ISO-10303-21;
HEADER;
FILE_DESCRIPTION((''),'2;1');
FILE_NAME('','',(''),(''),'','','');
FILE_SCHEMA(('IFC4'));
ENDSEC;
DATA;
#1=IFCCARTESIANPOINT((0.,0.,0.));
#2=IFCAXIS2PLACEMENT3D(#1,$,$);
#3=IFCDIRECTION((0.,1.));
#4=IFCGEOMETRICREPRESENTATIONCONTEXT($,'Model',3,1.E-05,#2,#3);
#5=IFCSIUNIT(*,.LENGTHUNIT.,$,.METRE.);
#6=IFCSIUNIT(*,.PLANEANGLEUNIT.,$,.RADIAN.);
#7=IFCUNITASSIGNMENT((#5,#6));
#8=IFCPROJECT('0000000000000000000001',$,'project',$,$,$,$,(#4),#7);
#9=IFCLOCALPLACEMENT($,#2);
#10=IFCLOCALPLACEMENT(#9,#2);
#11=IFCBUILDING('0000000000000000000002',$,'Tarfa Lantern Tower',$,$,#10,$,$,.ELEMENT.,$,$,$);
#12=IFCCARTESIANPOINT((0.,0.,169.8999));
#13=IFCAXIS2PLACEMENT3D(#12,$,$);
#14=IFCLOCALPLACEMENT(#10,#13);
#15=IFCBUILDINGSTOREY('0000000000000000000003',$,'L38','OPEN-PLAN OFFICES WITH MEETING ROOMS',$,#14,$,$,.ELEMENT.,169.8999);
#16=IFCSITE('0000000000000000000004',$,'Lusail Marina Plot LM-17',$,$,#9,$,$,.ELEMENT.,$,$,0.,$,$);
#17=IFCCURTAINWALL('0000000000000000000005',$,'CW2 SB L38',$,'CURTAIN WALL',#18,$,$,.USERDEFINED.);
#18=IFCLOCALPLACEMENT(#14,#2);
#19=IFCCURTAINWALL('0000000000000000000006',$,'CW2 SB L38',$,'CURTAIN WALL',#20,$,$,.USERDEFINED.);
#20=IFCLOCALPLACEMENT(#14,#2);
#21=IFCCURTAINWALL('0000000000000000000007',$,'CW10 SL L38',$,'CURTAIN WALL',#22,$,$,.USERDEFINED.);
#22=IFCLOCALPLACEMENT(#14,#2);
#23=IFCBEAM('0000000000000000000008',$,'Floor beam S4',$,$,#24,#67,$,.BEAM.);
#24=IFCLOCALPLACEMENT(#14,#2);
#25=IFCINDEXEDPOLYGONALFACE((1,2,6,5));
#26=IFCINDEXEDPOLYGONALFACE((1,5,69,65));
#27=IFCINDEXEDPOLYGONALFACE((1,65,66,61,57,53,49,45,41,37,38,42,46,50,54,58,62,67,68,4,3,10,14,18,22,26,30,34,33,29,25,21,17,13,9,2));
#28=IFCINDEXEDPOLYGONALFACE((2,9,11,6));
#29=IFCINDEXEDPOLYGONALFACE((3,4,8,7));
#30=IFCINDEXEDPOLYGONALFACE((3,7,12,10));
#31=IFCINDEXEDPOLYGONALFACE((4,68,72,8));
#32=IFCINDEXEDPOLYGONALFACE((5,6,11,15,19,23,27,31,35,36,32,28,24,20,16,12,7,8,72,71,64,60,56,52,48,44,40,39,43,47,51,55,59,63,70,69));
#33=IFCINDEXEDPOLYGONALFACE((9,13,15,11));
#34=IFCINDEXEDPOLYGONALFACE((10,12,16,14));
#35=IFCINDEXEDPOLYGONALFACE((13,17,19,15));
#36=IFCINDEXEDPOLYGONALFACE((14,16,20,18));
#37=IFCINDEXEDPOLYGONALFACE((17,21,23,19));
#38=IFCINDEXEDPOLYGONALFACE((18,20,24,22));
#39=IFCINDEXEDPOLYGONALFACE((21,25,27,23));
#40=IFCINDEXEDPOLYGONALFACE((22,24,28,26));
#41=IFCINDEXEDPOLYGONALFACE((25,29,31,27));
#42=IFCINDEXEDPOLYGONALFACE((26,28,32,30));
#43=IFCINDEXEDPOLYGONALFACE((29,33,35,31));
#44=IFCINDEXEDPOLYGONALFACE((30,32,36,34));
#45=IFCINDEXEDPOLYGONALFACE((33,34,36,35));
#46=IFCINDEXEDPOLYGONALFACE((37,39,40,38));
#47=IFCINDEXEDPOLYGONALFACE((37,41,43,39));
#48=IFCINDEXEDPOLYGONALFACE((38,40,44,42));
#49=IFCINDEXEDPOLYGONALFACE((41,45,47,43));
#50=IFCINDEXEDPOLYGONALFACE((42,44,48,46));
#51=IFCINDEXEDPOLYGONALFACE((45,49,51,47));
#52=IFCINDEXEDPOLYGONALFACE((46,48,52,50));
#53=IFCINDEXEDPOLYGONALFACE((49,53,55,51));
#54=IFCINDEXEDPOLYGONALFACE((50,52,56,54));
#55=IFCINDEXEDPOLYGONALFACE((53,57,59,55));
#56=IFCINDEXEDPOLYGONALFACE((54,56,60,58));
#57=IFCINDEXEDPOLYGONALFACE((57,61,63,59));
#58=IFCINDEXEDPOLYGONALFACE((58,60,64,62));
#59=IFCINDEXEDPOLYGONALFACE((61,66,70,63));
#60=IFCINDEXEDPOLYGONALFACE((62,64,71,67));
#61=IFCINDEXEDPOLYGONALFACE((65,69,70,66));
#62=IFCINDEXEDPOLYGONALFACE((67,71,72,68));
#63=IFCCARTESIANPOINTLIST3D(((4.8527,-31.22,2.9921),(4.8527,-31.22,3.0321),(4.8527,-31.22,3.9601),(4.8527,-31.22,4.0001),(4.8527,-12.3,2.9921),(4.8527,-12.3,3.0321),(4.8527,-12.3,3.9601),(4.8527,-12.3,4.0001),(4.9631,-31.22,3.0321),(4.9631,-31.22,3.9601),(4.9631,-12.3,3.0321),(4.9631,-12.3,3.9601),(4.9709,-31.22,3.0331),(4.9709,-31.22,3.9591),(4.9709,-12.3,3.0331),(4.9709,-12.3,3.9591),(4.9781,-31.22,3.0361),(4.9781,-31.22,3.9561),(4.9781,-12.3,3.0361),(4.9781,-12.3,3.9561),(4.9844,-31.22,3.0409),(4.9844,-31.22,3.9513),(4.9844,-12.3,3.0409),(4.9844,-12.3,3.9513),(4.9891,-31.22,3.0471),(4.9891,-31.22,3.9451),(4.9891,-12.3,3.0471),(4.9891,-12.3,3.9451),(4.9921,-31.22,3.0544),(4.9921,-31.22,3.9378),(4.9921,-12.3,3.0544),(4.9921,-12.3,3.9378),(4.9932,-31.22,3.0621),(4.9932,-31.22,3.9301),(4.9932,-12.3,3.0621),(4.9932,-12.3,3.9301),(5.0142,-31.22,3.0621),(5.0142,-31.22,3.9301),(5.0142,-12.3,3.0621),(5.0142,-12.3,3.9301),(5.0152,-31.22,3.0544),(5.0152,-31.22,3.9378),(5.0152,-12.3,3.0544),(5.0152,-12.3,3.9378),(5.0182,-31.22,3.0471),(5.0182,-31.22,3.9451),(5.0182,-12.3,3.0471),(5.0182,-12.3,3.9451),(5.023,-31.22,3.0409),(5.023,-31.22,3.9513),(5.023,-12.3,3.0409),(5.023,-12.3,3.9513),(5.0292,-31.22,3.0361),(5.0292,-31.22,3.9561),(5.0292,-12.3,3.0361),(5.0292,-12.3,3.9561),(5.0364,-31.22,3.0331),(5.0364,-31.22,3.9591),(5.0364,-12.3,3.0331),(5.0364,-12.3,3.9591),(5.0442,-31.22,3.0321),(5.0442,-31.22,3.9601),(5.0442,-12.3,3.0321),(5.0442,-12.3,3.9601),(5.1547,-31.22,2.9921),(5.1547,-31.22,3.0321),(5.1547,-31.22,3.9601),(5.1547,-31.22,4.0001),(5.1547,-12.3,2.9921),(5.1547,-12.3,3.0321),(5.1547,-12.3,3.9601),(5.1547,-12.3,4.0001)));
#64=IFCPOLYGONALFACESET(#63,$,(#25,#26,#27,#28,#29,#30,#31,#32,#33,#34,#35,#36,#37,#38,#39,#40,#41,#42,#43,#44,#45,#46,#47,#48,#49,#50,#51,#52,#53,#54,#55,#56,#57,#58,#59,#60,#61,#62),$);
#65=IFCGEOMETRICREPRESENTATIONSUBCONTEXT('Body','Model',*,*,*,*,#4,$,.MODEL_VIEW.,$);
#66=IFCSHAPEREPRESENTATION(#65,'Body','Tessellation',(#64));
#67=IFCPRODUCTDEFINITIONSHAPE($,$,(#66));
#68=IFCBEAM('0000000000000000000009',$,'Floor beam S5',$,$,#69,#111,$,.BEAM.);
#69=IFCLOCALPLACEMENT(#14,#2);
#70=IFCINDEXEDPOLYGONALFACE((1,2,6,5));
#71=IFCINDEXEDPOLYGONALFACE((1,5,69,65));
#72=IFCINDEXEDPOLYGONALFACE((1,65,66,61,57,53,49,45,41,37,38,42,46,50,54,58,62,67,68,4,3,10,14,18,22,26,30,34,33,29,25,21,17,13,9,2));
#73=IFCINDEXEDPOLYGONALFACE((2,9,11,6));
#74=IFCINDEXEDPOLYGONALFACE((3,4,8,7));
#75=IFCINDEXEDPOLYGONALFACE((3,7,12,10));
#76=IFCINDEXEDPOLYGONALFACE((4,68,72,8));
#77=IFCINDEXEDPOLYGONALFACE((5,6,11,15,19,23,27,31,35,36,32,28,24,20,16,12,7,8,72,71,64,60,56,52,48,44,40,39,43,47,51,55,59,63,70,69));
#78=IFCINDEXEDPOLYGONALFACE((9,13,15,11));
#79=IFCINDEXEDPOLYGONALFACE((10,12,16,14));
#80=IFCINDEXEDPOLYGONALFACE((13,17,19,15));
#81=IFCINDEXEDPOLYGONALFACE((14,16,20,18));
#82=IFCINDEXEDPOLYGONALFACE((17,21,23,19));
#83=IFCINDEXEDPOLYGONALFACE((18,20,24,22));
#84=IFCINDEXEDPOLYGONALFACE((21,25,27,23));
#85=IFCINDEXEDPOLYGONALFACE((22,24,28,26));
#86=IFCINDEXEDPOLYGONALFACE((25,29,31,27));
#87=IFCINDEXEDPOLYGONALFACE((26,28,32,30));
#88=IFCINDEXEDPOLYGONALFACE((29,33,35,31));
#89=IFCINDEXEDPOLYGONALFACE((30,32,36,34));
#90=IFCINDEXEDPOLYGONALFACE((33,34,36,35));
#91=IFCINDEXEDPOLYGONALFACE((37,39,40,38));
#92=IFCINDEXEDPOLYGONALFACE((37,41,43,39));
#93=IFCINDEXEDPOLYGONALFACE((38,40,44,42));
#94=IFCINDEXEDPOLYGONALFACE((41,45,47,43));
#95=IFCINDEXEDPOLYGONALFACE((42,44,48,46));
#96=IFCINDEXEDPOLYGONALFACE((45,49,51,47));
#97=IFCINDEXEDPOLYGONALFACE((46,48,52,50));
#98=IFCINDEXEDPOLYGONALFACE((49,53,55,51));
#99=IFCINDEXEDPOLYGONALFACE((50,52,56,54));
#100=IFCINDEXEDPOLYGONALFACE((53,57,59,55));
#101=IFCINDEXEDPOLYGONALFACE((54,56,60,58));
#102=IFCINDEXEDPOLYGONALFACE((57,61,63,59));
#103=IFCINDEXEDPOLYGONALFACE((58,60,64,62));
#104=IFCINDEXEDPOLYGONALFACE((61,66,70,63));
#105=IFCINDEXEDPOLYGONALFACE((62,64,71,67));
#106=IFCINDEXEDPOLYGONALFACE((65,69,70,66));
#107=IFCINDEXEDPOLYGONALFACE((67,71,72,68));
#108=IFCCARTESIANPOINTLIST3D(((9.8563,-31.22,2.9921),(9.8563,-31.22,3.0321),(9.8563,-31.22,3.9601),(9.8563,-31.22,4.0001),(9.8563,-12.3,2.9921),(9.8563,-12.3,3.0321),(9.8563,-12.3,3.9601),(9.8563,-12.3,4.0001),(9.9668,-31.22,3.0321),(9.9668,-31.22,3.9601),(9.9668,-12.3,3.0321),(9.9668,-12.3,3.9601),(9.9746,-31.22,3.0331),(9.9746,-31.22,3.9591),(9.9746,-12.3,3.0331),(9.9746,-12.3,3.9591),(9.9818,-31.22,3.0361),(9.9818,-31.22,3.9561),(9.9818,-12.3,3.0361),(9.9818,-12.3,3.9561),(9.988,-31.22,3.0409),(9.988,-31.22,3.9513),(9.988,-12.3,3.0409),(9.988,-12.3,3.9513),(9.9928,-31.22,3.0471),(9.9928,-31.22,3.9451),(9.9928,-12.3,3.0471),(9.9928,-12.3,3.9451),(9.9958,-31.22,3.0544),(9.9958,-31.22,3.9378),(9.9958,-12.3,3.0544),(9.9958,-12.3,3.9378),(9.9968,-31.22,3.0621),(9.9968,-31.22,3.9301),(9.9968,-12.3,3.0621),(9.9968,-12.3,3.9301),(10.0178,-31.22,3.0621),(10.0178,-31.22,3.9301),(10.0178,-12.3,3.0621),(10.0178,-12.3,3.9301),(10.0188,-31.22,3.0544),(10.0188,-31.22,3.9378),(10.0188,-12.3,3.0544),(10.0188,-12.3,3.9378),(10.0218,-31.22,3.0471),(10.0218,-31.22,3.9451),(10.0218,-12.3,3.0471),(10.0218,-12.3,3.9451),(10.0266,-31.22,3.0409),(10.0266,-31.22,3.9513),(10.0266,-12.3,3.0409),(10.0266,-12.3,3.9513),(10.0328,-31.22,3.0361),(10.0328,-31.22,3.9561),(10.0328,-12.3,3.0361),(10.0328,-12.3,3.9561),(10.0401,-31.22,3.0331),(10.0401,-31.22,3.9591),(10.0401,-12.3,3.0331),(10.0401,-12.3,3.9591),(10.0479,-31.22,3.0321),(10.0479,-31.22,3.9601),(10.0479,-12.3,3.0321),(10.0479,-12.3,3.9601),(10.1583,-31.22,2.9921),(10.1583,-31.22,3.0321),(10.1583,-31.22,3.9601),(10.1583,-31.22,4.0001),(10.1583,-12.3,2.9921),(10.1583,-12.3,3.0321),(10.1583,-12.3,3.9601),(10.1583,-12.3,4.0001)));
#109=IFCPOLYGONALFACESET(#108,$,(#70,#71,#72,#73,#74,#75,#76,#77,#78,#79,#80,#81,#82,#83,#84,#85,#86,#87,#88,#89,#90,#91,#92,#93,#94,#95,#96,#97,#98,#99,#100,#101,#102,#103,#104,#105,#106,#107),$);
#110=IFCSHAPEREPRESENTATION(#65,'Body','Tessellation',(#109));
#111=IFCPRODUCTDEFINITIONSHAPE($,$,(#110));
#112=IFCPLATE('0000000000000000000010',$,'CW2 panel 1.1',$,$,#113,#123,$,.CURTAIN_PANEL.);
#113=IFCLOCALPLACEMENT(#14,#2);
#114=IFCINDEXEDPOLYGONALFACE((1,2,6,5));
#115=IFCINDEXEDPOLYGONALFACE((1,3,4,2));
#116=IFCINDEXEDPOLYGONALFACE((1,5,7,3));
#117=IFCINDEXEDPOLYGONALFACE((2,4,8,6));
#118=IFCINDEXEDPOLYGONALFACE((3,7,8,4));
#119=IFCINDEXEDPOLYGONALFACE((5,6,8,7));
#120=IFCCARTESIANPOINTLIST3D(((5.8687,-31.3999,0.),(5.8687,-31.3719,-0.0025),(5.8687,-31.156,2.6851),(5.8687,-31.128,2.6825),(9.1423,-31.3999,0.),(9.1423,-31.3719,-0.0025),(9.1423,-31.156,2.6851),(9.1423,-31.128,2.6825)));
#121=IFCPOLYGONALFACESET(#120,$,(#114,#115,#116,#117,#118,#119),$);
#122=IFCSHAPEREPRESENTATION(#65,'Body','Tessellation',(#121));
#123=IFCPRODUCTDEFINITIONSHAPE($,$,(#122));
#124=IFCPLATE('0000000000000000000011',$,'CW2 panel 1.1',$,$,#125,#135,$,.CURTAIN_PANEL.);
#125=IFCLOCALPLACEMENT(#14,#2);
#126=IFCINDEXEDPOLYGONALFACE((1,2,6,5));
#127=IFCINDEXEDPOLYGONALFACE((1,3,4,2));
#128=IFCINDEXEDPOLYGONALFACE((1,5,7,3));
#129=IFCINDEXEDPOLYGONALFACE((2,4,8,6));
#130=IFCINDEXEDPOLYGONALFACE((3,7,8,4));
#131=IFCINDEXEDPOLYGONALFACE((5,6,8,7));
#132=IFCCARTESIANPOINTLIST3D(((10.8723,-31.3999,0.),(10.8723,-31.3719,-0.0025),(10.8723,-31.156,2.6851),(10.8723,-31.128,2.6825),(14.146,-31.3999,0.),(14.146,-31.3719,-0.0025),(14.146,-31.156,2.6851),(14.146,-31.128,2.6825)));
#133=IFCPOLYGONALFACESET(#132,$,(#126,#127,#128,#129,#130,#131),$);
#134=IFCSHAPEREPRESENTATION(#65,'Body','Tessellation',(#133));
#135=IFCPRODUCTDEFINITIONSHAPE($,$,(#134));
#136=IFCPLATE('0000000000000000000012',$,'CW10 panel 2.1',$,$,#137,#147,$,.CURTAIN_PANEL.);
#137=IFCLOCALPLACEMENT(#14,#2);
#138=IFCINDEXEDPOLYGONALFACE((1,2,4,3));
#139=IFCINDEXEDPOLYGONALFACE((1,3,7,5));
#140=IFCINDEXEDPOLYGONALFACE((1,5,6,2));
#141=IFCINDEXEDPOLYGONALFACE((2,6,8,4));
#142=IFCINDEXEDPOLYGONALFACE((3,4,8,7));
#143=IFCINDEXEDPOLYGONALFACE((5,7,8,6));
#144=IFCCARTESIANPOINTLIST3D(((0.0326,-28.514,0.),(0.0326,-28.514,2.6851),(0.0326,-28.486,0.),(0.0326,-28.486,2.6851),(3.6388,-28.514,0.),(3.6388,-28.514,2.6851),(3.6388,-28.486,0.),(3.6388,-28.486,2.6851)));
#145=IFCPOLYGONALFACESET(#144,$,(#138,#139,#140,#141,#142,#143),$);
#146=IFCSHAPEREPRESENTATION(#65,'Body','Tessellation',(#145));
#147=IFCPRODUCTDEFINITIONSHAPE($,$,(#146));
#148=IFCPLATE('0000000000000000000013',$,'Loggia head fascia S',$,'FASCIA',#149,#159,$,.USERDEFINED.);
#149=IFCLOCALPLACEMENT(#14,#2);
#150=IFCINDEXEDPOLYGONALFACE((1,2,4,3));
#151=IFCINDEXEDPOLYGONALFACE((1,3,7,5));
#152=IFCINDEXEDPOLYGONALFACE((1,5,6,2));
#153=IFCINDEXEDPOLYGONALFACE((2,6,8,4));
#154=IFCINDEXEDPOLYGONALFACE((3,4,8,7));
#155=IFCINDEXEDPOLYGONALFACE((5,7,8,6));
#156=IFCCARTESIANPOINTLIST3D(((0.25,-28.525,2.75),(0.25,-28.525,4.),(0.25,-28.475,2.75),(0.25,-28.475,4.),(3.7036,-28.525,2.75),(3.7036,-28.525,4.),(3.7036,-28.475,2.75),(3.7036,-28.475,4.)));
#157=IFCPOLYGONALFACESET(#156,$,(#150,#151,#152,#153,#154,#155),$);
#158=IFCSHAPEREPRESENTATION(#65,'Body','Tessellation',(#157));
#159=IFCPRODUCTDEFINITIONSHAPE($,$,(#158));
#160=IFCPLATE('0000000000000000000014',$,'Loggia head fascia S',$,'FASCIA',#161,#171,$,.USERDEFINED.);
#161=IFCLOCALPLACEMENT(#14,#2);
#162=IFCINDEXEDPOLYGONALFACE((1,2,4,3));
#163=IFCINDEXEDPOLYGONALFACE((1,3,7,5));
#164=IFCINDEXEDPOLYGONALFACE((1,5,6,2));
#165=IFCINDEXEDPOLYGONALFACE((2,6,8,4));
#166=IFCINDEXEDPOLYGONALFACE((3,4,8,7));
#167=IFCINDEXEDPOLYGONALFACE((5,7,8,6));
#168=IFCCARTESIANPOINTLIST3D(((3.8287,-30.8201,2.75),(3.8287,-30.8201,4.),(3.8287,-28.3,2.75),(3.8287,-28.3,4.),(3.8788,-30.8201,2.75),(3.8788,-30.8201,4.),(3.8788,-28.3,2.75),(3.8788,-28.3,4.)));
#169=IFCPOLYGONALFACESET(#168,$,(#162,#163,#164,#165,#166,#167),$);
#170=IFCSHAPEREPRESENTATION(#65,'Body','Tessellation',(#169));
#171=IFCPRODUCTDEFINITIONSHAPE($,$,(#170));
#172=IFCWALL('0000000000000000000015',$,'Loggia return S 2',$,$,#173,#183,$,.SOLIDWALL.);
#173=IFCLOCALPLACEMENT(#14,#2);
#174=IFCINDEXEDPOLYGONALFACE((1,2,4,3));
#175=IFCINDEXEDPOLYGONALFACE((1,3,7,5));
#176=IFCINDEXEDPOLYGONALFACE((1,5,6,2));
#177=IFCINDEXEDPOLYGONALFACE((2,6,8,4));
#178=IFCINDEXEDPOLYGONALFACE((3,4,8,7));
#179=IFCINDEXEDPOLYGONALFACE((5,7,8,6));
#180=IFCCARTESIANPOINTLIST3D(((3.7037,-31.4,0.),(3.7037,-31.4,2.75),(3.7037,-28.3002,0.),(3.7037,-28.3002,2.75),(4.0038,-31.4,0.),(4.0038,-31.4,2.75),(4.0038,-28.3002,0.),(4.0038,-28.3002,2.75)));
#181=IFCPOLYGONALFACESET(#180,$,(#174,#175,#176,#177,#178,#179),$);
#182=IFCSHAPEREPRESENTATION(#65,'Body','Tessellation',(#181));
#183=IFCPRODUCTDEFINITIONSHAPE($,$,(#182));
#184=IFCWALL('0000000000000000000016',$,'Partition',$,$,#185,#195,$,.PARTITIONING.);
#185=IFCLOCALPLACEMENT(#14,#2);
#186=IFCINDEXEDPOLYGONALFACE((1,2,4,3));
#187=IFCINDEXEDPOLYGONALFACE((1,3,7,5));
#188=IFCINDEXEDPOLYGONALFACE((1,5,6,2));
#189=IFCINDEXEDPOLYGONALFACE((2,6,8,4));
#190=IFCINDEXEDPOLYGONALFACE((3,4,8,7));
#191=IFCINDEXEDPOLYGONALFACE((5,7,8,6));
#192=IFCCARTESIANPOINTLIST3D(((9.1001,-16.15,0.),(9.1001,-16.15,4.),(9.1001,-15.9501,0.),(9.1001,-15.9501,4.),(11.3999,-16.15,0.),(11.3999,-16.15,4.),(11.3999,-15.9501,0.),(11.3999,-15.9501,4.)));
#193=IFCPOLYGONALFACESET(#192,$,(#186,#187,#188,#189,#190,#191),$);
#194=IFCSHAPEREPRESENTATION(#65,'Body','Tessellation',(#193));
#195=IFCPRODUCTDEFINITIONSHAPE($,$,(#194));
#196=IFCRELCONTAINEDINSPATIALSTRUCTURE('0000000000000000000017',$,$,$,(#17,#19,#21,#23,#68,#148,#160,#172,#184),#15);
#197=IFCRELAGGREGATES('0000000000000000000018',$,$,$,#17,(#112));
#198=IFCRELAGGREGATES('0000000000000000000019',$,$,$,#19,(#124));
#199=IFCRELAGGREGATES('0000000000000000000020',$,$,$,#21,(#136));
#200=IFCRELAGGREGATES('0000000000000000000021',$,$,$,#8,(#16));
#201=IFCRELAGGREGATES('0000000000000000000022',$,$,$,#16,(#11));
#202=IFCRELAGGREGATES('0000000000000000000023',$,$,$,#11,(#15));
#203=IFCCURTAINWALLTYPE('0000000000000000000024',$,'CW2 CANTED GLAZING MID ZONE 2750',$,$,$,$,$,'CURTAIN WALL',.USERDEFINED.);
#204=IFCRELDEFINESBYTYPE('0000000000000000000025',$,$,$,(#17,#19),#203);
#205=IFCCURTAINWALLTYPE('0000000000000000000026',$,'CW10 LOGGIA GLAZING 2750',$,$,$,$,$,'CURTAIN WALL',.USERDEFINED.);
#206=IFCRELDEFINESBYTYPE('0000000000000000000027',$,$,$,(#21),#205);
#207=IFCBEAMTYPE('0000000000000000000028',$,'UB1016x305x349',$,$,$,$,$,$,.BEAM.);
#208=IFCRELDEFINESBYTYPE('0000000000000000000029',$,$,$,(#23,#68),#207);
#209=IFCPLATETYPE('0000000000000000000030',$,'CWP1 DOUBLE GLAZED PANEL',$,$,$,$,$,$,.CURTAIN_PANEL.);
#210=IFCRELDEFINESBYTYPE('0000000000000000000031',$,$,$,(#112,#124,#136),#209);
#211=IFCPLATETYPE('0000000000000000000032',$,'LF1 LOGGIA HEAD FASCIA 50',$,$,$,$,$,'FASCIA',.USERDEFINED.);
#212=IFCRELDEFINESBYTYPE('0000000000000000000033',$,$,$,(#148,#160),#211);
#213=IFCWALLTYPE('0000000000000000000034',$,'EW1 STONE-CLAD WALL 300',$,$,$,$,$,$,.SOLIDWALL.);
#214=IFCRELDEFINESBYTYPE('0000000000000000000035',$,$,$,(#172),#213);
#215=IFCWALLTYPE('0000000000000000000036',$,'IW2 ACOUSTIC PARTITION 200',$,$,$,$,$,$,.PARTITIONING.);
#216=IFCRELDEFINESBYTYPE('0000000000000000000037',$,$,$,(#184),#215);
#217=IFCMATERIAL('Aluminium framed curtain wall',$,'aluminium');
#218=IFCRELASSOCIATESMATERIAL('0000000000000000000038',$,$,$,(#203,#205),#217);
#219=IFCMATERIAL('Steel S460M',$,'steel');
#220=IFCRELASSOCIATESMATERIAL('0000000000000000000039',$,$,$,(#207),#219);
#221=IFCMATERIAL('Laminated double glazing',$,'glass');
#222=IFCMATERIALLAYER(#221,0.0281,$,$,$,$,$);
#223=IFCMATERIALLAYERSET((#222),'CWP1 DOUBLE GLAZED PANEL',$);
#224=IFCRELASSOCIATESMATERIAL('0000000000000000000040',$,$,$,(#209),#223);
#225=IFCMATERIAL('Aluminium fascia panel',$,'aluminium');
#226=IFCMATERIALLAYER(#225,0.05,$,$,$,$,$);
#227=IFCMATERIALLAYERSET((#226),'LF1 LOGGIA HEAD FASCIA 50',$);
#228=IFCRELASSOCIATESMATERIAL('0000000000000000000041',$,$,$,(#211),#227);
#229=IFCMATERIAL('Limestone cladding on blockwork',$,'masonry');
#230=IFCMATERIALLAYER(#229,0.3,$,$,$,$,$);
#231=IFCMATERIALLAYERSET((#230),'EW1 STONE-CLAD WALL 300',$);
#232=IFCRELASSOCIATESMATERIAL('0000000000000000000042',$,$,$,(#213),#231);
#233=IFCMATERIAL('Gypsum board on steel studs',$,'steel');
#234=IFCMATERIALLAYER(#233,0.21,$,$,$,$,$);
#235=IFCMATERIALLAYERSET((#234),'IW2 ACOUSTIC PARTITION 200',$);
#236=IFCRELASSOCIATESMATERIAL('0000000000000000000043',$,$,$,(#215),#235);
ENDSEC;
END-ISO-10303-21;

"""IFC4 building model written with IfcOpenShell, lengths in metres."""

from ifc_helpers import new_model, si_unit, direction, frame, frame_2d, origin, origin_2d, place, context, subcontext, project, spatial, polyline, rectangle, i_section, outline, extrude, material, layer, layer_set, material_profile, profile_set, type_object, element, aggregate, save


model = new_model("IFC4")

# Units and contexts
model_context = context("Model", 3, precision=1e-05, world=origin(), true_north=direction((0.0, 1.0)))
body_context = subcontext(model_context, "Body", "Model", "MODEL_VIEW")
ifc_project = project(units=[si_unit("LENGTHUNIT", "METRE"), si_unit("PLANEANGLEUNIT", "RADIAN")], contexts=[model_context])

# Site, building, storey
site_placement = place(None, origin())
site = spatial("IfcSite", under=ifc_project, at=site_placement, Name="Lusail Marina Plot LM-17", CompositionType="ELEMENT", RefElevation=0.0)
building_placement = place(site_placement, origin())
building = spatial("IfcBuilding", under=site, at=building_placement, Name="Tarfa Lantern Tower", CompositionType="ELEMENT")
storey_placement = place(building_placement, frame((0.0, 0.0, 169.8999)))
storey = spatial("IfcBuildingStorey", under=building, at=storey_placement, Name="L38", Description="OPEN-PLAN OFFICES WITH MEETING ROOMS", CompositionType="ELEMENT", Elevation=169.8999)

# Curtain wall
ifc_material_1 = material(Name="Aluminium framed curtain wall", Category="aluminium")
curtain_wall_type_1 = type_object("IfcCurtainWallType", Name="CW2 CANTED GLAZING MID ZONE 2750", ElementType="CURTAIN WALL", PredefinedType="USERDEFINED", material=ifc_material_1)
curtain_wall_1_placement = place(storey_placement, origin())
curtain_wall_1 = element("IfcCurtainWall", 1, at=curtain_wall_1_placement, inside=storey, type_object=curtain_wall_type_1, Name="CW2 SB L38", ObjectType="CURTAIN WALL", PredefinedType="USERDEFINED")

# Curtain walls
curtain_wall_2_placement = place(storey_placement, origin())
curtain_wall_2 = element("IfcCurtainWall", 2, at=curtain_wall_2_placement, inside=storey, type_object=curtain_wall_type_1, Name="CW2 SB L38", ObjectType="CURTAIN WALL", PredefinedType="USERDEFINED")
curtain_wall_type_2 = type_object("IfcCurtainWallType", Name="CW10 LOGGIA GLAZING 2750", ElementType="CURTAIN WALL", PredefinedType="USERDEFINED", material=ifc_material_1)
curtain_wall_3_placement = place(storey_placement, origin())
curtain_wall_3 = element("IfcCurtainWall", 3, at=curtain_wall_3_placement, inside=storey, type_object=curtain_wall_type_2, Name="CW10 SL L38", ObjectType="CURTAIN WALL", PredefinedType="USERDEFINED")

# Beams
ifc_material_2 = material(Name="Steel S460M", Category="steel")
ifc_material_profile_1 = material_profile(ifc_material_2, i_section(OverallWidth=0.302, OverallDepth=1.0081, WebThickness=0.021, FlangeThickness=0.04, FilletRadius=0.03, at=origin_2d()), Name="UB1016x305x349")
ifc_profile_set_1 = profile_set([ifc_material_profile_1], Name="Steel S460M")
beam_type_1 = type_object("IfcBeamType", Name="UB1016x305x349", PredefinedType="BEAM", material=ifc_profile_set_1)
for number, where, z_axis, x_axis, name in (
    (4, (5.0037, -31.22, 3.4961), (0.0, 1.0, 0.0), (-1.0, 0.0, 0.0), "Floor beam S4"),
    (5, (10.0073, -31.22, 3.4961), (0.0, 1.0, 0.0), (-1.0, 0.0, 0.0), "Floor beam S5"),
):
    element("IfcBeam", number, at=place(storey_placement, frame(where, z_axis=z_axis, x_axis=x_axis)), inside=storey, type_object=beam_type_1, Name=name, PredefinedType="BEAM", context=body_context, shape_type="SweptSolid", body=[
        extrude(i_section(OverallWidth=0.302, OverallDepth=1.0081, WebThickness=0.021, FlangeThickness=0.04, FilletRadius=0.03, at=origin_2d()), origin(), (0.0, 0.0, 1.0), 18.9199),
    ])

# Plates
ifc_material_3 = material(Name="Laminated double glazing", Category="glass")
ifc_layer_1 = layer(ifc_material_3, 0.0281)
ifc_layer_set_1 = layer_set([ifc_layer_1], Name="CWP1 DOUBLE GLAZED PANEL")
plate_type_1 = type_object("IfcPlateType", Name="CWP1 DOUBLE GLAZED PANEL", PredefinedType="CURTAIN_PANEL", material=ifc_layer_set_1)
plate_1_placement = place(storey_placement, frame((5.8687, -31.3999, 0.0), z_axis=(0.0, -0.9959, 0.090462), x_axis=(1.0, 0.0, 0.0)))
plate_1 = element("IfcPlate", 6, at=plate_1_placement, type_object=plate_type_1, Name="CW2 panel 1.1", PredefinedType="CURTAIN_PANEL", context=body_context, shape_type="SweptSolid", body=[
    extrude(outline(polyline([(0.0, 0.0), (3.2737, 0.0), (3.2737, 2.6961), (0.0, 2.6961), (0.0, 0.0)])), origin(), (0.0, 0.0, -1.0), 0.0281),
])
aggregate(curtain_wall_1, [plate_1])
plate_2_placement = place(storey_placement, frame((10.8723, -31.3999, 0.0), z_axis=(0.0, -0.9959, 0.090462), x_axis=(1.0, 0.0, 0.0)))
plate_2 = element("IfcPlate", 7, at=plate_2_placement, type_object=plate_type_1, Name="CW2 panel 1.1", PredefinedType="CURTAIN_PANEL", context=body_context, shape_type="SweptSolid", body=[
    extrude(outline(polyline([(0.0, 0.0), (3.2737, 0.0), (3.2737, 2.6961), (0.0, 2.6961), (0.0, 0.0)])), origin(), (0.0, 0.0, -1.0), 0.0281),
])
aggregate(curtain_wall_2, [plate_2])
plate_3_placement = place(storey_placement, frame((1.8357, -28.5, 0.0), z_axis=(0.0, 0.0, 1.0), x_axis=(1.0, 0.0, 0.0)))
plate_3 = element("IfcPlate", 8, at=plate_3_placement, type_object=plate_type_1, Name="CW10 panel 2.1", PredefinedType="CURTAIN_PANEL", context=body_context, shape_type="SweptSolid", body=[
    extrude(rectangle(XDim=3.6062, YDim=0.0281, at=origin_2d()), origin(), (0.0, 0.0, 1.0), 2.6851),
])
aggregate(curtain_wall_3, [plate_3])

# Plates
ifc_material_4 = material(Name="Aluminium fascia panel", Category="aluminium")
ifc_layer_2 = layer(ifc_material_4, 0.05)
ifc_layer_set_2 = layer_set([ifc_layer_2], Name="LF1 LOGGIA HEAD FASCIA 50")
plate_type_2 = type_object("IfcPlateType", Name="LF1 LOGGIA HEAD FASCIA 50", ElementType="FASCIA", PredefinedType="USERDEFINED", material=ifc_layer_set_2)
plate_4_placement = place(storey_placement, frame((1.9768, -28.5, 2.75), z_axis=(0.0, 0.0, 1.0), x_axis=(1.0, 0.0, 0.0)))
element("IfcPlate", 9, at=plate_4_placement, inside=storey, type_object=plate_type_2, Name="Loggia head fascia S", ObjectType="FASCIA", PredefinedType="USERDEFINED", context=body_context, shape_type="SweptSolid", body=[
    extrude(rectangle(XDim=3.4536, YDim=0.05, at=origin_2d()), origin(), (0.0, 0.0, 1.0), 1.25),
])
plate_5_placement = place(storey_placement, frame((3.8538, -29.5601, 2.75), z_axis=(0.0, 0.0, 1.0), x_axis=(0.0, 1.0, 0.0)))
element("IfcPlate", 10, at=plate_5_placement, inside=storey, type_object=plate_type_2, Name="Loggia head fascia S", ObjectType="FASCIA", PredefinedType="USERDEFINED", context=body_context, shape_type="SweptSolid", body=[
    extrude(rectangle(XDim=2.52, YDim=0.05, at=origin_2d()), origin(), (0.0, 0.0, 1.0), 1.25),
])

# Walls
ifc_material_5 = material(Name="Limestone cladding on blockwork", Category="masonry")
ifc_layer_3 = layer(ifc_material_5, 0.3)
ifc_layer_set_3 = layer_set([ifc_layer_3], Name="EW1 STONE-CLAD WALL 300")
wall_type_1 = type_object("IfcWallType", Name="EW1 STONE-CLAD WALL 300", PredefinedType="SOLIDWALL", material=ifc_layer_set_3)
wall_placement = place(storey_placement, frame((3.8538, -31.3999, 0.0), z_axis=(0.0, 0.0, 1.0), x_axis=(0.0, 1.0, 0.0)))
element("IfcWall", 11, at=wall_placement, inside=storey, type_object=wall_type_1, Name="Loggia return S 2", PredefinedType="SOLIDWALL", context=body_context, shape_type="SweptSolid", body=[
    extrude(rectangle(XDim=3.0999, YDim=0.3, at=frame_2d((1.5498, 0.0))), origin(), (0.0, 0.0, 1.0), 2.75),
])
ifc_material_6 = material(Name="Gypsum board on steel studs", Category="steel")
ifc_layer_4 = layer(ifc_material_6, 0.21)
ifc_layer_set_4 = layer_set([ifc_layer_4], Name="IW2 ACOUSTIC PARTITION 200")
wall_type_2 = type_object("IfcWallType", Name="IW2 ACOUSTIC PARTITION 200", PredefinedType="PARTITIONING", material=ifc_layer_set_4)
for number, where, z_axis, x_axis, name in (
    (12, (9.1001, -16.05, 0.0), (0.0, 0.0, 1.0), (1.0, 0.0, 0.0), "Partition"),
):
    element("IfcWall", number, at=place(storey_placement, frame(where, z_axis=z_axis, x_axis=x_axis)), inside=storey, type_object=wall_type_2, Name=name, PredefinedType="PARTITIONING", context=body_context, shape_type="SweptSolid", body=[
        extrude(rectangle(XDim=2.2998, YDim=0.2, at=frame_2d((1.1499, 0.0))), origin(), (0.0, 0.0, 1.0), 4.0),
    ])

save(model, "model.ifc")
